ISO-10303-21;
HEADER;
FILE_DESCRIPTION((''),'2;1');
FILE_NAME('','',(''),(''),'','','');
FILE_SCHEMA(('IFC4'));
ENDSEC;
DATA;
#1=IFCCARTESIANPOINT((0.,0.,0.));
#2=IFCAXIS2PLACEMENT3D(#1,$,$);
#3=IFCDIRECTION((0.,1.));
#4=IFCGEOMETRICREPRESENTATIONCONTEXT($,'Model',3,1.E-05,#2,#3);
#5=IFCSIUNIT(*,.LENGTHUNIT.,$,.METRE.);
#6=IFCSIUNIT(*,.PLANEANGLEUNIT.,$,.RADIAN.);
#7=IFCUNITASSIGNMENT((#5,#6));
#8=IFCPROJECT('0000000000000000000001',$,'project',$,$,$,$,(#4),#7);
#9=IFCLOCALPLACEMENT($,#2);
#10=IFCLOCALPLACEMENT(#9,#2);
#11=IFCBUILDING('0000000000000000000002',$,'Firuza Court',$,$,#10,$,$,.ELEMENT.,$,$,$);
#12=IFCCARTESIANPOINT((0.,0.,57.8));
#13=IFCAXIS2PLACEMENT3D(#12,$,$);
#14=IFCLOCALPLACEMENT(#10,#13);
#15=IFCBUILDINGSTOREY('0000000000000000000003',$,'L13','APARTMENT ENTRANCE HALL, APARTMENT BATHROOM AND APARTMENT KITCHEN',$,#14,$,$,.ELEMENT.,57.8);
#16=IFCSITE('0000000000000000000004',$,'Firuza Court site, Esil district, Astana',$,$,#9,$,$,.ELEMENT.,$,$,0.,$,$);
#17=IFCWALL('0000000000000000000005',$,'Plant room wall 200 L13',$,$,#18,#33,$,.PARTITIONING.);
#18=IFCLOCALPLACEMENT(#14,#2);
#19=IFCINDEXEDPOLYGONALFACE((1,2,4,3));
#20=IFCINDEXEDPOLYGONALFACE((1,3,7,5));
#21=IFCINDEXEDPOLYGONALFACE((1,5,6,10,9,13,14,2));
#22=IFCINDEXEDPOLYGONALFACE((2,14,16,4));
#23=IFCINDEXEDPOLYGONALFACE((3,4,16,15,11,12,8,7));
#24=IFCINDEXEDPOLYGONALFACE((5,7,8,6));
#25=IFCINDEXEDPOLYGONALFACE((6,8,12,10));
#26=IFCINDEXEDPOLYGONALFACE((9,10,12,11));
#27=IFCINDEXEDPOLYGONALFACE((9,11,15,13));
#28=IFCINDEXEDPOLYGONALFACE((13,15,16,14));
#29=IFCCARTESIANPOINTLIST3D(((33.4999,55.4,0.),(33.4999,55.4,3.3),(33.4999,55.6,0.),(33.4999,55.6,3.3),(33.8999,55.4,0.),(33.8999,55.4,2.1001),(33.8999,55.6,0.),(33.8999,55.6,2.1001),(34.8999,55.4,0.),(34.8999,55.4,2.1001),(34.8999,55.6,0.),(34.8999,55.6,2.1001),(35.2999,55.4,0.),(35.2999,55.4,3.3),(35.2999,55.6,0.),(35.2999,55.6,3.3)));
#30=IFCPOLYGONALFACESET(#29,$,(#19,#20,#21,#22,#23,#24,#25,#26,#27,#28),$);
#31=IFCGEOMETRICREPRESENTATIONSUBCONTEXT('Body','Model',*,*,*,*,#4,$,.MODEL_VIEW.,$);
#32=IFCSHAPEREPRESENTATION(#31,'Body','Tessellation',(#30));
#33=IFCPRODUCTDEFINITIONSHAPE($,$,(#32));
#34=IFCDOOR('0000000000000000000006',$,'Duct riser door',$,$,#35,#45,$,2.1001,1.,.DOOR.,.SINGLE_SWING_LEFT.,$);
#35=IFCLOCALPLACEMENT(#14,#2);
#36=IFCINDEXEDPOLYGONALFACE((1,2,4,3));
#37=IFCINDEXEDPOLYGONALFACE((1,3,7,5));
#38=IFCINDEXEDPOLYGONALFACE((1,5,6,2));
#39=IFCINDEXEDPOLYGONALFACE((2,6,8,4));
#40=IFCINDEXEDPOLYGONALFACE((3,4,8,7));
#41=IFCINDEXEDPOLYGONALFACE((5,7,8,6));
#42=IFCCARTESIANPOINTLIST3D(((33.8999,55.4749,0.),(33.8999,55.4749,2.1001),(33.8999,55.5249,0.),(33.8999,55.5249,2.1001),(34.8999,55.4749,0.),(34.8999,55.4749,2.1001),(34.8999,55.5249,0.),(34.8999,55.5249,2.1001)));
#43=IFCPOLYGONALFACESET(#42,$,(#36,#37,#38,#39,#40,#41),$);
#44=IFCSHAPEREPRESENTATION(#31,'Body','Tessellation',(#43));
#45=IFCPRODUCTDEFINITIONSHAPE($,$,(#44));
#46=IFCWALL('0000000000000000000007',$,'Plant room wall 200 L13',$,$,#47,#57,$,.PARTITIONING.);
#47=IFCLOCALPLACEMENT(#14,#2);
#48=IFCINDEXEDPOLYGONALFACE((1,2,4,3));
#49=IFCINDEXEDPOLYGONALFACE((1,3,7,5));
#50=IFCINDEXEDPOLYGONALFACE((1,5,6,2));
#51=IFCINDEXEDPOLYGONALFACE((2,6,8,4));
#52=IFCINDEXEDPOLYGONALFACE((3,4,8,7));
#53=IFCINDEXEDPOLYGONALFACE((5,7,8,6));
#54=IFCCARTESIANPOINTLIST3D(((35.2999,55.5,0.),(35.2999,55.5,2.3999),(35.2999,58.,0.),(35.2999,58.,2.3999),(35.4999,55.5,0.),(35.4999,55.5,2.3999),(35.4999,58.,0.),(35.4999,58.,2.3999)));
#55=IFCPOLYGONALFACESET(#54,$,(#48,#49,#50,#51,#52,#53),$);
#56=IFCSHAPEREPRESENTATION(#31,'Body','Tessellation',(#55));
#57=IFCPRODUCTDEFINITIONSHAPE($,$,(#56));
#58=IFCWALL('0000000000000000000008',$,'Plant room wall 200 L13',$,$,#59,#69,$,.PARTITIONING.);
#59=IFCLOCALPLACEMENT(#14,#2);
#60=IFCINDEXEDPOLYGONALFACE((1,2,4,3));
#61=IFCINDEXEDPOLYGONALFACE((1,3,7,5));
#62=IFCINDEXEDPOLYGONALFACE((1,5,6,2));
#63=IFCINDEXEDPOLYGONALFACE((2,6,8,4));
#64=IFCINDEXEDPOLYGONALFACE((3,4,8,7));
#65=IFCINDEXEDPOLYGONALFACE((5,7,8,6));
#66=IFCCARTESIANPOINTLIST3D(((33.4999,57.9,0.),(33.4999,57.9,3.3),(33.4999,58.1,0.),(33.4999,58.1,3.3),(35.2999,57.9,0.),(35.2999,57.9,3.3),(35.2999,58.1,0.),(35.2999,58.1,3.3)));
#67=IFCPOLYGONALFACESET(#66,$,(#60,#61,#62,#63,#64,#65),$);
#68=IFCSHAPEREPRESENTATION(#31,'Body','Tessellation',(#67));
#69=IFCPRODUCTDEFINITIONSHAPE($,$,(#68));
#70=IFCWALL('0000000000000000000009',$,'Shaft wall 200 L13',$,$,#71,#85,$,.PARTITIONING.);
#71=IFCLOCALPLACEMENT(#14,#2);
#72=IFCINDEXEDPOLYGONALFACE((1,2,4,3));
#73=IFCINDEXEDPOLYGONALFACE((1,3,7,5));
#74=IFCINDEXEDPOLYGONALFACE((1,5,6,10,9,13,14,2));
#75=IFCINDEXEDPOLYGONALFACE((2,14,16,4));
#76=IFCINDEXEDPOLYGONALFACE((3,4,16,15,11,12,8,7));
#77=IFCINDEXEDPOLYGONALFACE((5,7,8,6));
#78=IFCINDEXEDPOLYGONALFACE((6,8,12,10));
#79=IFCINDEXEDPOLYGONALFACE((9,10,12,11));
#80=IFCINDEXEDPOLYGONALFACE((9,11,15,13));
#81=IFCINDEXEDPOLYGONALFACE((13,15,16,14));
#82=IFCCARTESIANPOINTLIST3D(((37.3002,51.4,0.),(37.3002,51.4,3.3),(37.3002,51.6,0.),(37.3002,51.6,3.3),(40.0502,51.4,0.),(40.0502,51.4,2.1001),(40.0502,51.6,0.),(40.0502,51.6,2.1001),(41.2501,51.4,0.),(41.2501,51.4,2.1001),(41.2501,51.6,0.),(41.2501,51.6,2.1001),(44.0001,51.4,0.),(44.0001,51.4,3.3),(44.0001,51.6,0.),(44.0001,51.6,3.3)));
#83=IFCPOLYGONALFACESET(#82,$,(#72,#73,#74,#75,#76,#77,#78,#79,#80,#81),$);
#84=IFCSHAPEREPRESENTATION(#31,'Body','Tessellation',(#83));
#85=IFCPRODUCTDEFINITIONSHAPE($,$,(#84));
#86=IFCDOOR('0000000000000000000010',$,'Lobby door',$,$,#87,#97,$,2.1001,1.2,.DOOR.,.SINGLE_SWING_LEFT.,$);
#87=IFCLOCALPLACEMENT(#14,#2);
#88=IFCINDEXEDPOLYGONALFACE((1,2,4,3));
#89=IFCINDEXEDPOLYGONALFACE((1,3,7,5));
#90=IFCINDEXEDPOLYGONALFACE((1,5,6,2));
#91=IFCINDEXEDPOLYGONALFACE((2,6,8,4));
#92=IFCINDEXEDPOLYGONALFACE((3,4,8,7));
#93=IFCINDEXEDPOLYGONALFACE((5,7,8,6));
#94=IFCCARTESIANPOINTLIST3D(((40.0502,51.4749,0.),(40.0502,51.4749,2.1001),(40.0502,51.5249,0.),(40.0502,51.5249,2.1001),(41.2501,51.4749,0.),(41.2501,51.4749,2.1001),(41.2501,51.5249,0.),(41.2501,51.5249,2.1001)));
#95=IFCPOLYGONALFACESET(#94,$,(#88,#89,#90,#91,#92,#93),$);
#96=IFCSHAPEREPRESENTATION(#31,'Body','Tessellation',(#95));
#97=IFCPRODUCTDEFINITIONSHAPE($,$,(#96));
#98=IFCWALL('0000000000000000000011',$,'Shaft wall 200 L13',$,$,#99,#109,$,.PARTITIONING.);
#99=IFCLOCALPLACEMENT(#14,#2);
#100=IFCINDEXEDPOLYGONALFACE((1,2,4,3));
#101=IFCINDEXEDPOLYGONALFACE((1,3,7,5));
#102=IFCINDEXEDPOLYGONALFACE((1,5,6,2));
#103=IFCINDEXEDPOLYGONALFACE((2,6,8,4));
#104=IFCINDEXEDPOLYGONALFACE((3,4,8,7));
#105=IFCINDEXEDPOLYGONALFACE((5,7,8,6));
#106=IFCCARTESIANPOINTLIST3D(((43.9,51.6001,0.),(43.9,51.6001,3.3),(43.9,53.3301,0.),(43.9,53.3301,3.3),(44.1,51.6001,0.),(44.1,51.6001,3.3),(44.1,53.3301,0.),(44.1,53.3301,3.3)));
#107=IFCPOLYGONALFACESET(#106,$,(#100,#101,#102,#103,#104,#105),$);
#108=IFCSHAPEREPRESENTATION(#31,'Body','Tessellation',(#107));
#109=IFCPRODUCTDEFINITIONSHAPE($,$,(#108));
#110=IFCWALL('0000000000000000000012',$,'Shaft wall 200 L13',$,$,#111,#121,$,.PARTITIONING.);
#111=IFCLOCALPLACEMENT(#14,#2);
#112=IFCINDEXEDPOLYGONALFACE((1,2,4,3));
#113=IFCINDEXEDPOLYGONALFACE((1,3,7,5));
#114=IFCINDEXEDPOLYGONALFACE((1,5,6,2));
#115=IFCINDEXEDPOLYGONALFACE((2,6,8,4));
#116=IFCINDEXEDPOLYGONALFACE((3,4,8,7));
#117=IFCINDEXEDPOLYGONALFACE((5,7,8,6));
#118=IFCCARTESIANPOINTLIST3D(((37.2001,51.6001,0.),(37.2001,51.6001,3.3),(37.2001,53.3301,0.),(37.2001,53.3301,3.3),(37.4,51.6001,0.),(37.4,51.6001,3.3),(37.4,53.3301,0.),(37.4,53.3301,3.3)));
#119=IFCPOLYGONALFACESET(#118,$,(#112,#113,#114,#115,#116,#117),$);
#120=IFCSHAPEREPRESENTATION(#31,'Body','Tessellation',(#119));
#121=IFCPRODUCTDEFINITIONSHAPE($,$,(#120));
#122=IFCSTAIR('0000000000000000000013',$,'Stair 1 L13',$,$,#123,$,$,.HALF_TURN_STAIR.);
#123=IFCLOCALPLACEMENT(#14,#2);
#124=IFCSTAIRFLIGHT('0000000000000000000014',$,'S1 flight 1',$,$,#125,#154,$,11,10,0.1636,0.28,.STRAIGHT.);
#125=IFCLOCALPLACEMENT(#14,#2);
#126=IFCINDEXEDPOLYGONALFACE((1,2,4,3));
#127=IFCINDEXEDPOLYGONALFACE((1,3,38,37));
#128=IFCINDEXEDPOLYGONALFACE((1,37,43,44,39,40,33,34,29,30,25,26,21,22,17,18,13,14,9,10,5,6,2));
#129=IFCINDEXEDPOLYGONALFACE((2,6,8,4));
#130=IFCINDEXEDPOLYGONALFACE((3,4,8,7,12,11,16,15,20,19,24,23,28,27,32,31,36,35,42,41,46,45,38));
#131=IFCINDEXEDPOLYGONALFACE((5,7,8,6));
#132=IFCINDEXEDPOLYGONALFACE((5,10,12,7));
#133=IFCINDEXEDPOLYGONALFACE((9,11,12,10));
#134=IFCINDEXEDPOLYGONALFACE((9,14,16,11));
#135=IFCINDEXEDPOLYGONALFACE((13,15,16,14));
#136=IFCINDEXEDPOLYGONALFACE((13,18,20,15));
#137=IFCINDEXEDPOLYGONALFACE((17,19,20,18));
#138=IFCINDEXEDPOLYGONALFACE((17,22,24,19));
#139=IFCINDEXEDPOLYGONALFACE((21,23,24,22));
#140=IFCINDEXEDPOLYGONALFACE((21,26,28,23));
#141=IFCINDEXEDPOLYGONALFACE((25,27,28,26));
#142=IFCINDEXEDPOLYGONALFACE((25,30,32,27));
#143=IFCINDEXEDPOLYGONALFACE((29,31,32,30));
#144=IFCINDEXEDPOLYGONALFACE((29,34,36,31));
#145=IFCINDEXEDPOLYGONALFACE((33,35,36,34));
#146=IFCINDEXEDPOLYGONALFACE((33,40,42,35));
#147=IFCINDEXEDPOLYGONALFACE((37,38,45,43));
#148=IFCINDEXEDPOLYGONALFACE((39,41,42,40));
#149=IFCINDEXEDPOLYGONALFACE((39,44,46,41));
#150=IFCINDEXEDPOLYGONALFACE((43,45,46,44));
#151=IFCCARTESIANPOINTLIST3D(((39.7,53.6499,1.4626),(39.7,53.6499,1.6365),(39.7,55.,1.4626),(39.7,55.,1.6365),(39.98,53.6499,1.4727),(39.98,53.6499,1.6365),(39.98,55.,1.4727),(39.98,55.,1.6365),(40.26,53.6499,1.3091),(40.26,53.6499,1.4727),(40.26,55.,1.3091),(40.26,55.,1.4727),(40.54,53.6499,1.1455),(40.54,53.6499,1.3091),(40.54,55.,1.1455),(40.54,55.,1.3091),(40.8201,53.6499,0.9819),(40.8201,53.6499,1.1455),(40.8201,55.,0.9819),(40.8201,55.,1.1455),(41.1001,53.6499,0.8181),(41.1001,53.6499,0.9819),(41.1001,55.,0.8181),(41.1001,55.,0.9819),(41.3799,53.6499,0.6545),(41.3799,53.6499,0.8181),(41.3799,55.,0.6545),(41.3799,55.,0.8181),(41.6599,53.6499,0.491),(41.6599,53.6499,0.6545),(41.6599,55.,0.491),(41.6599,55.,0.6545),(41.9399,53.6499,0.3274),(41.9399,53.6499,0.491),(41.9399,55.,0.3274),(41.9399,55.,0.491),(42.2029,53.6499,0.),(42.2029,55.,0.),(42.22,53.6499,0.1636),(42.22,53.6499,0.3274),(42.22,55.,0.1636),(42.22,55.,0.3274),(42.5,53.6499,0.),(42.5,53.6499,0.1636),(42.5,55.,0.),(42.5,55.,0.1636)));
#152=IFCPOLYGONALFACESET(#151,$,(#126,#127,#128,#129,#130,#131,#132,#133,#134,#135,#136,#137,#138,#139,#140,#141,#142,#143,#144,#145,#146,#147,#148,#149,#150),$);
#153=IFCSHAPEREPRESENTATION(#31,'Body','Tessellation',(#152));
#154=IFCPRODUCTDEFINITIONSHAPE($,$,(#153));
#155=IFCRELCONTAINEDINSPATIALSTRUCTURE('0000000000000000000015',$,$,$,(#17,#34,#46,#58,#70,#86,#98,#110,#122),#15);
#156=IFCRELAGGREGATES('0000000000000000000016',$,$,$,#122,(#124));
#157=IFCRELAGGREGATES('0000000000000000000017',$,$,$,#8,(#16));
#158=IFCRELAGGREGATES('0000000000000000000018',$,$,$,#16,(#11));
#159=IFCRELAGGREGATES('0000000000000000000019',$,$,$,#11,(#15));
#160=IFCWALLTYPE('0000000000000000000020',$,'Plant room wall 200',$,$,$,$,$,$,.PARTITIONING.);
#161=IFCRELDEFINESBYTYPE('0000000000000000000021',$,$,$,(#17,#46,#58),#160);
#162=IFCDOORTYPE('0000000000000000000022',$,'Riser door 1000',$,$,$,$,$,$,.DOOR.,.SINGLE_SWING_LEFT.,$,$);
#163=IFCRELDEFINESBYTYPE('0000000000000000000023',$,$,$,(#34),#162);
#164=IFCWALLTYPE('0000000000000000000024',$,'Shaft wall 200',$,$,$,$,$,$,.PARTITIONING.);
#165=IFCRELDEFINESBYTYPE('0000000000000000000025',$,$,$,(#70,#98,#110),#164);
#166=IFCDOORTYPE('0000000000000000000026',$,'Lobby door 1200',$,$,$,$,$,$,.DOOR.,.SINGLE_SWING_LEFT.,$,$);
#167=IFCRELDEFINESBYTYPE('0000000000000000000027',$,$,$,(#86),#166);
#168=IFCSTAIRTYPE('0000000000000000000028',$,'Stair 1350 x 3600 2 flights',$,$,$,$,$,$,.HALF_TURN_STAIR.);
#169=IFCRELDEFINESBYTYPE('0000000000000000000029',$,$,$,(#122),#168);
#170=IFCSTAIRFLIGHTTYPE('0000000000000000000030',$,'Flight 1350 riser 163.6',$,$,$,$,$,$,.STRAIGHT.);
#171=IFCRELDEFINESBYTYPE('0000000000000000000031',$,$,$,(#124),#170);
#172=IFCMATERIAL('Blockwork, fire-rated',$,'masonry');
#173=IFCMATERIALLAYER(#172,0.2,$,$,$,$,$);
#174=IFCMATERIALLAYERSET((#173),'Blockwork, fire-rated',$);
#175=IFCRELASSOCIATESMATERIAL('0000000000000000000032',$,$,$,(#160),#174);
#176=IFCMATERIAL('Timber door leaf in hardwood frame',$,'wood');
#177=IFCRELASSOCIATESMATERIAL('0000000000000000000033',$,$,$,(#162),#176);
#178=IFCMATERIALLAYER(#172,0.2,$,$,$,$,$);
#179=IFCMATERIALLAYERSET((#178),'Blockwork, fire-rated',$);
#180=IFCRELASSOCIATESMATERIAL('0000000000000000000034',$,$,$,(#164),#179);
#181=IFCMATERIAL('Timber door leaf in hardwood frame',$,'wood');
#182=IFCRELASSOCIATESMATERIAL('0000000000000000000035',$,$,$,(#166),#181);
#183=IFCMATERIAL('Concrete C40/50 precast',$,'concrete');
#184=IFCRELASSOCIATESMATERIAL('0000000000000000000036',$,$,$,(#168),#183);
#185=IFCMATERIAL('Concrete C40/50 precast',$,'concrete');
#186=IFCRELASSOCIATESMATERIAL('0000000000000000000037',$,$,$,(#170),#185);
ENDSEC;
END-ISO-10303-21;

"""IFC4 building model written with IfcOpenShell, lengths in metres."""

from ifc_helpers import new_model, si_unit, direction, frame, frame_2d, origin, place, context, subcontext, project, spatial, polyline, rectangle, outline, extrude, material, layer, layer_set, type_object, element, fill, aggregate, save


model = new_model("IFC4")

# Units and contexts
model_context = context("Model", 3, precision=1e-05, world=origin(), true_north=direction((0.0, 1.0)))
body_context = subcontext(model_context, "Body", "Model", "MODEL_VIEW")
ifc_project = project(units=[si_unit("LENGTHUNIT", "METRE"), si_unit("PLANEANGLEUNIT", "RADIAN")], contexts=[model_context])

# Site, building, storey
site_placement = place(None, origin())
site = spatial("IfcSite", under=ifc_project, at=site_placement, Name="Firuza Court site, Esil district, Astana", CompositionType="ELEMENT", RefElevation=0.0)
building_placement = place(site_placement, origin())
building = spatial("IfcBuilding", under=site, at=building_placement, Name="Firuza Court", CompositionType="ELEMENT")
storey_placement = place(building_placement, frame((0.0, 0.0, 57.8)))
storey = spatial("IfcBuildingStorey", under=building, at=storey_placement, Name="L13", Description="APARTMENT ENTRANCE HALL, APARTMENT BATHROOM AND APARTMENT KITCHEN", CompositionType="ELEMENT", Elevation=57.8)

# Shared definitions
ifc_material_1 = material(Name="Blockwork, fire-rated", Category="masonry")
ifc_layer_1 = layer(ifc_material_1, 0.2)
ifc_layer_set_1 = layer_set([ifc_layer_1], Name="Blockwork, fire-rated")
wall_type_1 = type_object("IfcWallType", Name="Plant room wall 200", PredefinedType="PARTITIONING", material=ifc_layer_set_1)

# Wall, opening, door
wall_1_placement = place(storey_placement, frame((33.5, 55.5, 0.0), z_axis=(0.0, 0.0, 1.0), x_axis=(1.0, 0.0, 0.0)))
wall_1 = element("IfcWall", 1, at=wall_1_placement, inside=storey, type_object=wall_type_1, Name="Plant room wall 200 L13", PredefinedType="PARTITIONING", context=body_context, shape_type="SweptSolid", body=[
    extrude(rectangle(XDim=1.8, YDim=0.2, at=frame_2d((0.8999, 0.0))), origin(), (0.0, 0.0, 1.0), 3.3),
])
opening_1_placement = place(wall_1_placement, frame((0.3999, 0.0, 0.0)))
opening_1 = element("IfcOpeningElement", 2, at=opening_1_placement, cuts=wall_1, PredefinedType="OPENING", context=body_context, shape_type="SweptSolid", body=[
    extrude(rectangle(XDim=1.0, YDim=2.1001, at=frame_2d((0.5, 1.05))), frame((0.0, 0.1118, 0.0), z_axis=(0.0, -1.0, 0.0), x_axis=(1.0, 0.0, 0.0)), (0.0, 0.0, 1.0), 0.2239),
])
ifc_material_2 = material(Name="Timber door leaf in hardwood frame", Category="wood")
door_type_1 = type_object("IfcDoorType", Name="Riser door 1000", OperationType="SINGLE_SWING_LEFT", PredefinedType="DOOR", material=ifc_material_2)
door_1_placement = place(opening_1_placement, origin())
door_1 = element("IfcDoor", 3, at=door_1_placement, inside=storey, type_object=door_type_1, Name="Duct riser door", OperationType="SINGLE_SWING_LEFT", OverallHeight=2.1001, OverallWidth=1.0, PredefinedType="DOOR", context=body_context, shape_type="SweptSolid", body=[
    extrude(rectangle(XDim=1.0, YDim=2.1001, at=frame_2d((0.5, 1.05))), frame((0.0, 0.0249, 0.0), z_axis=(0.0, -1.0, 0.0), x_axis=(1.0, 0.0, 0.0)), (0.0, 0.0, 1.0), 0.05),
])
fill(opening_1, door_1)

# Walls
wall_2_placement = place(storey_placement, frame((35.3999, 55.5, 0.0), z_axis=(0.0, 0.0, 1.0), x_axis=(0.0, 1.0, 0.0)))
element("IfcWall", 4, at=wall_2_placement, inside=storey, type_object=wall_type_1, Name="Plant room wall 200 L13", PredefinedType="PARTITIONING", context=body_context, shape_type="SweptSolid", body=[
    extrude(rectangle(XDim=2.5, YDim=0.2, at=frame_2d((1.25, 0.0))), origin(), (0.0, 0.0, 1.0), 2.3999),
])
wall_3_placement = place(storey_placement, frame((33.5, 58.0, 0.0), z_axis=(0.0, 0.0, 1.0), x_axis=(1.0, 0.0, 0.0)))
element("IfcWall", 5, at=wall_3_placement, inside=storey, type_object=wall_type_1, Name="Plant room wall 200 L13", PredefinedType="PARTITIONING", context=body_context, shape_type="SweptSolid", body=[
    extrude(rectangle(XDim=1.8, YDim=0.2, at=frame_2d((0.8999, 0.0))), origin(), (0.0, 0.0, 1.0), 3.3),
])

# Wall, opening, door
ifc_layer_2 = layer(ifc_material_1, 0.2)
ifc_layer_set_2 = layer_set([ifc_layer_2], Name="Blockwork, fire-rated")
wall_type_2 = type_object("IfcWallType", Name="Shaft wall 200", PredefinedType="PARTITIONING", material=ifc_layer_set_2)
wall_4_placement = place(storey_placement, frame((37.3, 51.5, 0.0), z_axis=(0.0, 0.0, 1.0), x_axis=(1.0, 0.0, 0.0)))
wall_4 = element("IfcWall", 6, at=wall_4_placement, inside=storey, type_object=wall_type_2, Name="Shaft wall 200 L13", PredefinedType="PARTITIONING", context=body_context, shape_type="SweptSolid", body=[
    extrude(rectangle(XDim=6.7, YDim=0.2, at=frame_2d((3.3501, 0.0))), origin(), (0.0, 0.0, 1.0), 3.3),
])
opening_2_placement = place(wall_4_placement, frame((2.75, 0.0, 0.0)))
opening_2 = element("IfcOpeningElement", 7, at=opening_2_placement, cuts=wall_4, PredefinedType="OPENING", context=body_context, shape_type="SweptSolid", body=[
    extrude(rectangle(XDim=1.2, YDim=2.1001, at=frame_2d((0.6001, 1.05))), frame((0.0, 0.1118, 0.0), z_axis=(0.0, -1.0, 0.0), x_axis=(1.0, 0.0, 0.0)), (0.0, 0.0, 1.0), 0.2239),
])
ifc_material_3 = material(Name="Timber door leaf in hardwood frame", Category="wood")
door_type_2 = type_object("IfcDoorType", Name="Lobby door 1200", OperationType="SINGLE_SWING_LEFT", PredefinedType="DOOR", material=ifc_material_3)
door_2_placement = place(opening_2_placement, origin())
door_2 = element("IfcDoor", 8, at=door_2_placement, inside=storey, type_object=door_type_2, Name="Lobby door", OperationType="SINGLE_SWING_LEFT", OverallHeight=2.1001, OverallWidth=1.2, PredefinedType="DOOR", context=body_context, shape_type="SweptSolid", body=[
    extrude(rectangle(XDim=1.2, YDim=2.1001, at=frame_2d((0.6001, 1.05))), frame((0.0, 0.0249, 0.0), z_axis=(0.0, -1.0, 0.0), x_axis=(1.0, 0.0, 0.0)), (0.0, 0.0, 1.0), 0.05),
])
fill(opening_2, door_2)

# Walls
for number, where, z_axis, x_axis, name in (
    (9, (44.0, 51.6001, 0.0), (0.0, 0.0, 1.0), (0.0, 1.0, 0.0), "Shaft wall 200 L13"),
    (10, (37.3, 51.6001, 0.0), (0.0, 0.0, 1.0), (0.0, 1.0, 0.0), "Shaft wall 200 L13"),
):
    element("IfcWall", number, at=place(storey_placement, frame(where, z_axis=z_axis, x_axis=x_axis)), inside=storey, type_object=wall_type_2, Name=name, PredefinedType="PARTITIONING", context=body_context, shape_type="SweptSolid", body=[
        extrude(rectangle(XDim=1.73, YDim=0.2, at=frame_2d((0.865, 0.0))), origin(), (0.0, 0.0, 1.0), 3.3),
    ])

# Stair, stair flight
ifc_material_4 = material(Name="Concrete C40/50 precast", Category="concrete")
stair_type = type_object("IfcStairType", Name="Stair 1350 x 3600 2 flights", PredefinedType="HALF_TURN_STAIR", material=ifc_material_4)
stair_placement = place(storey_placement, origin())
stair = element("IfcStair", 11, at=stair_placement, inside=storey, type_object=stair_type, Name="Stair 1 L13", PredefinedType="HALF_TURN_STAIR")
ifc_material_5 = material(Name="Concrete C40/50 precast", Category="concrete")
stair_flight_type = type_object("IfcStairFlightType", Name="Flight 1350 riser 163.6", PredefinedType="STRAIGHT", material=ifc_material_5)
stair_flight_1_placement = place(storey_placement, frame((42.5, 54.325, 0.0), z_axis=(0.0, 0.0, 1.0), x_axis=(-1.0, 0.0, 0.0)))
stair_flight_1 = element("IfcStairFlight", 12, at=stair_flight_1_placement, type_object=stair_flight_type, Name="S1 flight 1", NumberOfRisers=11, NumberOfTreads=10, PredefinedType="STRAIGHT", RiserHeight=0.1636, TreadLength=0.28, context=body_context, shape_type="SweptSolid", body=[
    extrude(outline(polyline([(0.0, 0.0), (0.0, 0.1636), (0.28, 0.1636), (0.28, 0.3274), (0.5601, 0.3274), (0.5601, 0.491), (0.8401, 0.491), (0.8401, 0.6545), (1.1201, 0.6545), (1.1201, 0.8181), (1.3999, 0.8181), (1.3999, 0.9819), (1.6799, 0.9819), (1.6799, 1.1455), (1.96, 1.1455), (1.96, 1.3091), (2.24, 1.3091), (2.24, 1.4727), (2.52, 1.4727), (2.52, 1.6365), (2.8, 1.6365), (2.8, 1.8), (2.8, 1.4626), (0.2971, 0.0), (0.0, 0.0)])), frame((0.0, 0.675, 0.0), z_axis=(0.0, -1.0, 0.0), x_axis=(1.0, 0.0, 0.0)), (0.0, 0.0, 1.0), 1.3501),
])
aggregate(stair, [stair_flight_1])

save(model, "model.ifc")
